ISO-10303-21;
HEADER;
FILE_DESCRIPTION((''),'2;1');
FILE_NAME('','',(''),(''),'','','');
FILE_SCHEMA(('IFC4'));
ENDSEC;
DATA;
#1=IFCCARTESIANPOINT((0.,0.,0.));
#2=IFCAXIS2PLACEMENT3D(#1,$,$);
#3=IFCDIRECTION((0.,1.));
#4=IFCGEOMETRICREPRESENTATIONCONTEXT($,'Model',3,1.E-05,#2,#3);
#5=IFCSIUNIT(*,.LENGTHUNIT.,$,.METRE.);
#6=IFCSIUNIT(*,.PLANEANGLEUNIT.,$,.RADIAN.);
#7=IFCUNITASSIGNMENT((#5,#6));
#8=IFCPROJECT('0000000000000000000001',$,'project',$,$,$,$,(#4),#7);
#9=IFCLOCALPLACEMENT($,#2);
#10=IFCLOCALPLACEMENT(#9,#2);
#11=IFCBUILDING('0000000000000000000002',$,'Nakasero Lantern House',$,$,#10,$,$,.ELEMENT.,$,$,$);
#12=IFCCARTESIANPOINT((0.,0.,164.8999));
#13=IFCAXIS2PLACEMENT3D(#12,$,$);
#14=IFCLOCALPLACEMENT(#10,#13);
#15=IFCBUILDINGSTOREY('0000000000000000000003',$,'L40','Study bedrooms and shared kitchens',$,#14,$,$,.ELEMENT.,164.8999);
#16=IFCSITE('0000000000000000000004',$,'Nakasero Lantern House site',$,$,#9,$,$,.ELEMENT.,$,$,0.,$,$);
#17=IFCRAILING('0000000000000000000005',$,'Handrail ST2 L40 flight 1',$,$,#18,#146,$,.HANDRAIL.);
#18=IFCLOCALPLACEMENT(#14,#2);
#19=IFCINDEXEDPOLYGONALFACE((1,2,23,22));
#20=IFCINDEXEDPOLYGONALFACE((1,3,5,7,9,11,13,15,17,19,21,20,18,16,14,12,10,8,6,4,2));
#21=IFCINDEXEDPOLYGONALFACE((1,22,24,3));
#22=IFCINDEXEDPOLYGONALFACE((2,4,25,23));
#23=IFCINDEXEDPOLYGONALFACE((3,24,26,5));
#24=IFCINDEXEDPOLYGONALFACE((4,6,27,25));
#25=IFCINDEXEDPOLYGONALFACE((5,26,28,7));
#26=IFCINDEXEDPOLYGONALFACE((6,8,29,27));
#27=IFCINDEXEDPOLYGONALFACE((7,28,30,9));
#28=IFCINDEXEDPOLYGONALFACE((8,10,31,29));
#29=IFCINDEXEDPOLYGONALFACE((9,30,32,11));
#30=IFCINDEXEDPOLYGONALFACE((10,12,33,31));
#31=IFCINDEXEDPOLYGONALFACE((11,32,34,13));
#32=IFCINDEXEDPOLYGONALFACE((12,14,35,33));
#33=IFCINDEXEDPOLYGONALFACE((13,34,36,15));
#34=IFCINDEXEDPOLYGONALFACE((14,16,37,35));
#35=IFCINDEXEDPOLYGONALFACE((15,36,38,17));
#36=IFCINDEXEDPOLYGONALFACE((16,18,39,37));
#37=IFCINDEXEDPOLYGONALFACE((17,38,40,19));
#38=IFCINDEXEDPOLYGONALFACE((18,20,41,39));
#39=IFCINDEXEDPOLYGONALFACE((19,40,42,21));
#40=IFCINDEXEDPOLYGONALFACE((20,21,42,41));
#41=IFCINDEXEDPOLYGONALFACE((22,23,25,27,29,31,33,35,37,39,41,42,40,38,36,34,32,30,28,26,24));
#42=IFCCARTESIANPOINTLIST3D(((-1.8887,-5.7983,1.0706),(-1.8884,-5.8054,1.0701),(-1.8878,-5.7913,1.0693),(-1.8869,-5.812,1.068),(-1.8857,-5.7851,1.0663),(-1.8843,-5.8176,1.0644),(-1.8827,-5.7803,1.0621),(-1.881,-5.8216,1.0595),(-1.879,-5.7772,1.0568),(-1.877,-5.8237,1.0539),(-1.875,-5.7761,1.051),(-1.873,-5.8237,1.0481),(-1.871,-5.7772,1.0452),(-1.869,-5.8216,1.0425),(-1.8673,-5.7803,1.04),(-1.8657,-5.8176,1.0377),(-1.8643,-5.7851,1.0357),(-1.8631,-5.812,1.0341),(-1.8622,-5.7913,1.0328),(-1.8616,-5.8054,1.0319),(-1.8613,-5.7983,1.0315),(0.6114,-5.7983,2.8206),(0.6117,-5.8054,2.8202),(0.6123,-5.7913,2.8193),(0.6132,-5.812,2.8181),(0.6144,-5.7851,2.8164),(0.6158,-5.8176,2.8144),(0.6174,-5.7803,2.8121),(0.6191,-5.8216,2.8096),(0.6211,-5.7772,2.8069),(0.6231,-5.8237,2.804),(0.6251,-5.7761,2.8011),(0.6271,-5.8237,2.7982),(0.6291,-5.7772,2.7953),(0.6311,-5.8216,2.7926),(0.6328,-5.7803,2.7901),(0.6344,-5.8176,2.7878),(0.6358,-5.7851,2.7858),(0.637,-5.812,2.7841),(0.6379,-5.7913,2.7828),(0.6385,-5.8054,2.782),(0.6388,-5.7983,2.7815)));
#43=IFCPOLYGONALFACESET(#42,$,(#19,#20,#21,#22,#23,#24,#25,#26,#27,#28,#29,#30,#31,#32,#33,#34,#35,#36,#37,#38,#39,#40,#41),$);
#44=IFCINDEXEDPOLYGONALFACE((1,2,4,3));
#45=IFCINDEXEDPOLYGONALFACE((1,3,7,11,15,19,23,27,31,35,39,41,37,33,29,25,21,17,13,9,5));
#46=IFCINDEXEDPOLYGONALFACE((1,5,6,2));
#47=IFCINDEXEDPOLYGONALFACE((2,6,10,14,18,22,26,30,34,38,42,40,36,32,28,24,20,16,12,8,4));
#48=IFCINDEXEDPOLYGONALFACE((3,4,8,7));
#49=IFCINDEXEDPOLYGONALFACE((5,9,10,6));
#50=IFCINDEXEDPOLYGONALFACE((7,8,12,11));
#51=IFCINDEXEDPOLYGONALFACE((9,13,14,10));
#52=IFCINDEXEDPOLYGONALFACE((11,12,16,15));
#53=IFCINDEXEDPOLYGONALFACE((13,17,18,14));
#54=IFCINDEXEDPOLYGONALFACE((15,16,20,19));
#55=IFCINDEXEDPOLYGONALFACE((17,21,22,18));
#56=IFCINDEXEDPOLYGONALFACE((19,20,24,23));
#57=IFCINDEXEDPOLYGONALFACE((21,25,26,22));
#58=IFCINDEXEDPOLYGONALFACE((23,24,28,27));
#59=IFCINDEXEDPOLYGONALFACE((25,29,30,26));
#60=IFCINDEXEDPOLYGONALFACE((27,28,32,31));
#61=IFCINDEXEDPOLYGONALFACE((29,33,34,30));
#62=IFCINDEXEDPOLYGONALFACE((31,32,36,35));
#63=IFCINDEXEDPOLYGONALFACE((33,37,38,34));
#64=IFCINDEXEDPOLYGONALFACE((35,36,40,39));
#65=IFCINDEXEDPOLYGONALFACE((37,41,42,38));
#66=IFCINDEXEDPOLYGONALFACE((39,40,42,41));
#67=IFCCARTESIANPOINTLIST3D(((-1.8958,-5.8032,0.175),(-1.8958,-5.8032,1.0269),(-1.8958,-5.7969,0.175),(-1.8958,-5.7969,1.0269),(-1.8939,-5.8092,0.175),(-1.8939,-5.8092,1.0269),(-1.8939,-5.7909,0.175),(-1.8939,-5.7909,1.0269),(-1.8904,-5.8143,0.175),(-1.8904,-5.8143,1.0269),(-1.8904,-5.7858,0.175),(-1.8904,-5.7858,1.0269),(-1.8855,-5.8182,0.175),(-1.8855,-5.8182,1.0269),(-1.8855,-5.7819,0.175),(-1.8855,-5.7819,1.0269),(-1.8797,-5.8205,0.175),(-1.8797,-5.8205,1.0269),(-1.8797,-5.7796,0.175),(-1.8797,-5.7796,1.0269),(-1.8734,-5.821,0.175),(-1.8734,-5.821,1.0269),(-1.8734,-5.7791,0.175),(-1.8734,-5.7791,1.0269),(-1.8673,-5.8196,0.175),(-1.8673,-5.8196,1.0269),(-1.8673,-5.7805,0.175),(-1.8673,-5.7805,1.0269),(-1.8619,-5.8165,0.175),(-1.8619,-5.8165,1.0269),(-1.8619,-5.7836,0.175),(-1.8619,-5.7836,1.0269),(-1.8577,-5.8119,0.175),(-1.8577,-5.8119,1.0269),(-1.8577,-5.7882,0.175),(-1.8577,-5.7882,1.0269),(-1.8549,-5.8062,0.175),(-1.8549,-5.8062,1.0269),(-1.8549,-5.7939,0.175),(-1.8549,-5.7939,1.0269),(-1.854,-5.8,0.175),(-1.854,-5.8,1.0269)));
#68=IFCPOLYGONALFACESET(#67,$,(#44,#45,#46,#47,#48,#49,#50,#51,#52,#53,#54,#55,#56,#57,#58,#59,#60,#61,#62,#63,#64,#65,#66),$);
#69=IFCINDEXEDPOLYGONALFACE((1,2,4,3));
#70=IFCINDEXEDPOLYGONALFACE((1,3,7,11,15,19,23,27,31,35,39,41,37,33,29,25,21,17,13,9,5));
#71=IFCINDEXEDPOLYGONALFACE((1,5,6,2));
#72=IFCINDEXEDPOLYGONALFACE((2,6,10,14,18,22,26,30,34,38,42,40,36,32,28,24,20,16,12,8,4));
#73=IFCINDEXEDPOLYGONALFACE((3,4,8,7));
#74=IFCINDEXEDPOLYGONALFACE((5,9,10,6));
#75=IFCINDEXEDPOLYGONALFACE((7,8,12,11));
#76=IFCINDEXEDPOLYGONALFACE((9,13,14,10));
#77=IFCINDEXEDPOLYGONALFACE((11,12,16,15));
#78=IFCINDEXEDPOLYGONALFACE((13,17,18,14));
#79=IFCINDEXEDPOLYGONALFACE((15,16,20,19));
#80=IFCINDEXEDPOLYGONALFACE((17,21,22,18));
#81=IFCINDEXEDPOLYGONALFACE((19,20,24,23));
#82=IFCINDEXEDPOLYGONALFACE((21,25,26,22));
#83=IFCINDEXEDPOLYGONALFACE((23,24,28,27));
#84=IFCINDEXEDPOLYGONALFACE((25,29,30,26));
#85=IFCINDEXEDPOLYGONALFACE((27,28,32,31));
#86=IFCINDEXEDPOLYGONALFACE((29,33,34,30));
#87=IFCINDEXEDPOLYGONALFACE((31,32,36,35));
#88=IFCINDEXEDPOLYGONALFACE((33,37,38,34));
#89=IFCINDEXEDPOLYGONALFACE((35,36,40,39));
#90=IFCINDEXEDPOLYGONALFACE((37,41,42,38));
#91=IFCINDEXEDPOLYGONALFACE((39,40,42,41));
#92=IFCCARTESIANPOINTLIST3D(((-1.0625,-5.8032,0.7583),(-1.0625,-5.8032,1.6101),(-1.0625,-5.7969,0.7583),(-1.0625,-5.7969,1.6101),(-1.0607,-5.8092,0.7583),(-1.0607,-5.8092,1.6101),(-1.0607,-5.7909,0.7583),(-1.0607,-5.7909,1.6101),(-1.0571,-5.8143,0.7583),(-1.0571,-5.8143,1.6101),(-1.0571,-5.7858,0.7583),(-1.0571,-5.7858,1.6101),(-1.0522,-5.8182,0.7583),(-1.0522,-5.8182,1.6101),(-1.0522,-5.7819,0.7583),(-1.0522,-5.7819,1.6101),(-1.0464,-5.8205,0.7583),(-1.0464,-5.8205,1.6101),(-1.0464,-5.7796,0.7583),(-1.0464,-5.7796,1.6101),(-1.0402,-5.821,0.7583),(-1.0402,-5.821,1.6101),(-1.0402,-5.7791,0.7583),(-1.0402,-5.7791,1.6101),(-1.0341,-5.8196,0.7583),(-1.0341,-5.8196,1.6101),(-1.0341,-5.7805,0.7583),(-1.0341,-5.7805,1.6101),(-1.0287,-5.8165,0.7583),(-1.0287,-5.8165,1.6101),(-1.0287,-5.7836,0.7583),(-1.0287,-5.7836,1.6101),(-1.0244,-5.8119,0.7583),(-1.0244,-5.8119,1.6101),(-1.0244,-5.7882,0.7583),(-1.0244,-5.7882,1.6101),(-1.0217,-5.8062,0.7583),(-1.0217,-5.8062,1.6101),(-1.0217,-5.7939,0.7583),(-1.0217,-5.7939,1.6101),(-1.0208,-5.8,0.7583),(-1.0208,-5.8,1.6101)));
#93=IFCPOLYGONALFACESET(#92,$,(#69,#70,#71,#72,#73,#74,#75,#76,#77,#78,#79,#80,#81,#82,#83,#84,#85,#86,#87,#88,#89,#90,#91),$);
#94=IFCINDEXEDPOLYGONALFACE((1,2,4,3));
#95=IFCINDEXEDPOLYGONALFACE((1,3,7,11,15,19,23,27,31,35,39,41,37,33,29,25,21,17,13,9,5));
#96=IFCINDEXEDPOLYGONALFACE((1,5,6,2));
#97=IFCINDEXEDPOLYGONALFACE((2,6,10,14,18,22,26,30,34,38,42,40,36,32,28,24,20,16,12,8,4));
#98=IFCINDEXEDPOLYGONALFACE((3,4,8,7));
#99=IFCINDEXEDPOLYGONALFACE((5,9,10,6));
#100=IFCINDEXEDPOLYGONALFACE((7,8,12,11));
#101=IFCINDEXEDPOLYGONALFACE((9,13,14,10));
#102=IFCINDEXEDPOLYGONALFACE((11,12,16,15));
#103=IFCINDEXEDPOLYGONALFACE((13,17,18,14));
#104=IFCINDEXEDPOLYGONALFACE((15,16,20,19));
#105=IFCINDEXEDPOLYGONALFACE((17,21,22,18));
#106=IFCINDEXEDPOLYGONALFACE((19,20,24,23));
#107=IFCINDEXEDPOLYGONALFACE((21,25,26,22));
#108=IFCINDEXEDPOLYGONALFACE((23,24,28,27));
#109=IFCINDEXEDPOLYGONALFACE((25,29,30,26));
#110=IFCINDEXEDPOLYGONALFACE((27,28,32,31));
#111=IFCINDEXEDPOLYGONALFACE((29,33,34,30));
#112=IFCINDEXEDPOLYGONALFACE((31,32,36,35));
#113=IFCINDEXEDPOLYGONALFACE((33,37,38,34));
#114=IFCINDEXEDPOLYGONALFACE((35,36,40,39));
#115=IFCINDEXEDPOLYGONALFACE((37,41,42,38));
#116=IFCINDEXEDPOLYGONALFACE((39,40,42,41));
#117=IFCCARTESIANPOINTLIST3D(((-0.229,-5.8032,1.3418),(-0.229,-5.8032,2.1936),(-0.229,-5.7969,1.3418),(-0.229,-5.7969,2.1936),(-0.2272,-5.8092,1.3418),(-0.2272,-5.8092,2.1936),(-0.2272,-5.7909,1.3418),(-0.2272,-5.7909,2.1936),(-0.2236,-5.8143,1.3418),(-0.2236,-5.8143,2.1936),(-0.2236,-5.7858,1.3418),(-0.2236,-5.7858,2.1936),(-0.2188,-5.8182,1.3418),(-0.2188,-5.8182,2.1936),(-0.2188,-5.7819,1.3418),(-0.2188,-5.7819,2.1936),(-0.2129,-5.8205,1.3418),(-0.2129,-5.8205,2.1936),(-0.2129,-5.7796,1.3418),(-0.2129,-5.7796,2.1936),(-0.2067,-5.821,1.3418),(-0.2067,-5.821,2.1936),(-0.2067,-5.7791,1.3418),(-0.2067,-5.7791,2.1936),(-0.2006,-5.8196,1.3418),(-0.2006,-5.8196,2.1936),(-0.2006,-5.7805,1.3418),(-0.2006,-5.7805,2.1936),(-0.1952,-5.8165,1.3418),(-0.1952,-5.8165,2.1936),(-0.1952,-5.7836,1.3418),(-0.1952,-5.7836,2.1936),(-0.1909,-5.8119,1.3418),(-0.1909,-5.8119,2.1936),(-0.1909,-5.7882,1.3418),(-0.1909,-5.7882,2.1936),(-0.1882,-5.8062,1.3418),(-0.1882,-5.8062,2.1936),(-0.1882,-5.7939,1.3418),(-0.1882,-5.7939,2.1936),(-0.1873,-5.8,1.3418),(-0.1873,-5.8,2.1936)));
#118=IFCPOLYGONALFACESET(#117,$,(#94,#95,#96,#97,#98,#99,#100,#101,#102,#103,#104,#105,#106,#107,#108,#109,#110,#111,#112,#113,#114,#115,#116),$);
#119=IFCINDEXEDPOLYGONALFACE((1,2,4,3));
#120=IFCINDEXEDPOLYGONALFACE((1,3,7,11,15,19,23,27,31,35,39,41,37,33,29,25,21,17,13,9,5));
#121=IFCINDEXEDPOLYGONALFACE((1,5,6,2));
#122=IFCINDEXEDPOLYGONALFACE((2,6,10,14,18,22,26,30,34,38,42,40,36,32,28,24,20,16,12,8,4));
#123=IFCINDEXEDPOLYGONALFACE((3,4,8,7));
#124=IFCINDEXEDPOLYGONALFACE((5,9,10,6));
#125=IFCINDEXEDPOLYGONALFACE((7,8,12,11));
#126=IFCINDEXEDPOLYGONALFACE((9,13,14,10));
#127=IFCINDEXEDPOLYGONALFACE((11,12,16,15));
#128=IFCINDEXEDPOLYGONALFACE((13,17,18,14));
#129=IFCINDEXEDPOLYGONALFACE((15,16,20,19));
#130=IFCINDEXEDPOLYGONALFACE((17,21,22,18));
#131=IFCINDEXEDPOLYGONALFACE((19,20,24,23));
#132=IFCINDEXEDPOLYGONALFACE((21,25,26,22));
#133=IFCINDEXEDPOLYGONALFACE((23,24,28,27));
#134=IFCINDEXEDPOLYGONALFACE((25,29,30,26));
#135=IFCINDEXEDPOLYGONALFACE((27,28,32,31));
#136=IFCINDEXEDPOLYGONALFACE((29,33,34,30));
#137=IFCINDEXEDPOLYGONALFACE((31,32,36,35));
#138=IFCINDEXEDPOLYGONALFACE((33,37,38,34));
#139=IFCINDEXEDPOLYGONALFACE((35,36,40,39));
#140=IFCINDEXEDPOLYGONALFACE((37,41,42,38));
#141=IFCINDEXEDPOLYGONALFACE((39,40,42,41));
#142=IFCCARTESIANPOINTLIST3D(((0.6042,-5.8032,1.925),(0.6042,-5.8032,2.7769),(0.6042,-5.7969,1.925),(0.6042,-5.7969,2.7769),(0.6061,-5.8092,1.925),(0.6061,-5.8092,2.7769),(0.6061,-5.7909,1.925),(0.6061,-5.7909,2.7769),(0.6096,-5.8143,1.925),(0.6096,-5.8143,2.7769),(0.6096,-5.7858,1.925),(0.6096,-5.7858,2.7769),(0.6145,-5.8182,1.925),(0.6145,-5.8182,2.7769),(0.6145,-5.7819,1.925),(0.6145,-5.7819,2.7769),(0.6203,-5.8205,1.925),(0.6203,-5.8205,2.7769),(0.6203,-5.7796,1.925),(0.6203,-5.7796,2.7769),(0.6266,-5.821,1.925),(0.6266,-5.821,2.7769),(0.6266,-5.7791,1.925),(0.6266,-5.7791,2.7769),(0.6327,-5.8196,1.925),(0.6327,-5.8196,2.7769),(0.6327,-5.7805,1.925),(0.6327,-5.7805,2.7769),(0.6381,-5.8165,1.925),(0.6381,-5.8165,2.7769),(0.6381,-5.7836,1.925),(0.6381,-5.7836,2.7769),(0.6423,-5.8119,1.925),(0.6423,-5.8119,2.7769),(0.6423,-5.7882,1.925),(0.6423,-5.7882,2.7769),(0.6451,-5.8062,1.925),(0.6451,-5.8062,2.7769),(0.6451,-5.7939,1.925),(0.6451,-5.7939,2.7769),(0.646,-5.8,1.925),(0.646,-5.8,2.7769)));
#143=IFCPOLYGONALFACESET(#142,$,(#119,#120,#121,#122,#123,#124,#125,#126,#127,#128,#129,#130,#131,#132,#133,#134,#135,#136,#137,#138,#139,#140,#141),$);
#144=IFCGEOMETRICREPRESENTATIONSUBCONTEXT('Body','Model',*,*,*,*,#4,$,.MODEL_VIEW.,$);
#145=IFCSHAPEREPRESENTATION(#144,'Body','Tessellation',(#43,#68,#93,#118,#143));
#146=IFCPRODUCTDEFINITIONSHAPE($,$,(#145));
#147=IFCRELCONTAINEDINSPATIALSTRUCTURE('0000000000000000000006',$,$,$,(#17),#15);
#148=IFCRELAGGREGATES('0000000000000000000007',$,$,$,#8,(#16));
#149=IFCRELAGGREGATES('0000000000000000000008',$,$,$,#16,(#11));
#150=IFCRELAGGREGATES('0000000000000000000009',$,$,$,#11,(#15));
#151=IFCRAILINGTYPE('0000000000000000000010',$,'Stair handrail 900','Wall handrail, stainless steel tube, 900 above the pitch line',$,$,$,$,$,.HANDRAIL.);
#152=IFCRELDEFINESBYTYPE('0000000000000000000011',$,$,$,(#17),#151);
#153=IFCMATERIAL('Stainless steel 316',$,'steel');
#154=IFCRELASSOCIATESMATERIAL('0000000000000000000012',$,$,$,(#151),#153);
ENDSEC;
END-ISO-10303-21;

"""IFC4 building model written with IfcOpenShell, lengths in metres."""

from ifc_helpers import new_model, si_unit, direction, frame, origin, origin_2d, place, context, subcontext, project, spatial, circle, extrude, material, type_object, element, save


model = new_model("IFC4")

# Units and contexts
model_context = context("Model", 3, precision=1e-05, world=origin(), true_north=direction((0.0, 1.0)))
body_context = subcontext(model_context, "Body", "Model", "MODEL_VIEW")
ifc_project = project(units=[si_unit("LENGTHUNIT", "METRE"), si_unit("PLANEANGLEUNIT", "RADIAN")], contexts=[model_context])

# Site, building, storey
site_placement = place(None, origin())
site = spatial("IfcSite", under=ifc_project, at=site_placement, Name="Nakasero Lantern House site", CompositionType="ELEMENT", RefElevation=0.0)
building_placement = place(site_placement, origin())
building = spatial("IfcBuilding", under=site, at=building_placement, Name="Nakasero Lantern House", CompositionType="ELEMENT")
storey_placement = place(building_placement, frame((0.0, 0.0, 164.8999)))
storey = spatial("IfcBuildingStorey", under=building, at=storey_placement, Name="L40", Description="Study bedrooms and shared kitchens", CompositionType="ELEMENT", Elevation=164.8999)

# Railing
ifc_material_1 = material(Name="Stainless steel 316", Category="steel")
railing_type = type_object("IfcRailingType", Name="Stair handrail 900", Description="Wall handrail, stainless steel tube, 900 above the pitch line", PredefinedType="HANDRAIL", material=ifc_material_1)
railing_placement = place(storey_placement, frame((-1.875, -5.8, 0.175)))
element("IfcRailing", 1, at=railing_placement, inside=storey, type_object=railing_type, Name="Handrail ST2 L40 flight 1", PredefinedType="HANDRAIL", context=body_context, shape_type="SweptSolid", body=[
    extrude(circle(Radius=0.0239, at=origin_2d()), frame((0.0, 0.0, 0.876), z_axis=(0.819232, 0.0, 0.573462), x_axis=(0.0, 1.0, 0.0)), (0.0, 0.0, 1.0), 3.0518),
    extrude(circle(Radius=0.021, at=origin_2d()), origin(), (0.0, 0.0, 1.0), 0.8518),
    extrude(circle(Radius=0.021, at=origin_2d()), frame((0.8333, 0.0, 0.5833)), (0.0, 0.0, 1.0), 0.8518),
    extrude(circle(Radius=0.021, at=origin_2d()), frame((1.6667, 0.0, 1.1667)), (0.0, 0.0, 1.0), 0.8518),
    extrude(circle(Radius=0.021, at=origin_2d()), frame((2.5, 0.0, 1.75)), (0.0, 0.0, 1.0), 0.8518),
])

save(model, "model.ifc")
